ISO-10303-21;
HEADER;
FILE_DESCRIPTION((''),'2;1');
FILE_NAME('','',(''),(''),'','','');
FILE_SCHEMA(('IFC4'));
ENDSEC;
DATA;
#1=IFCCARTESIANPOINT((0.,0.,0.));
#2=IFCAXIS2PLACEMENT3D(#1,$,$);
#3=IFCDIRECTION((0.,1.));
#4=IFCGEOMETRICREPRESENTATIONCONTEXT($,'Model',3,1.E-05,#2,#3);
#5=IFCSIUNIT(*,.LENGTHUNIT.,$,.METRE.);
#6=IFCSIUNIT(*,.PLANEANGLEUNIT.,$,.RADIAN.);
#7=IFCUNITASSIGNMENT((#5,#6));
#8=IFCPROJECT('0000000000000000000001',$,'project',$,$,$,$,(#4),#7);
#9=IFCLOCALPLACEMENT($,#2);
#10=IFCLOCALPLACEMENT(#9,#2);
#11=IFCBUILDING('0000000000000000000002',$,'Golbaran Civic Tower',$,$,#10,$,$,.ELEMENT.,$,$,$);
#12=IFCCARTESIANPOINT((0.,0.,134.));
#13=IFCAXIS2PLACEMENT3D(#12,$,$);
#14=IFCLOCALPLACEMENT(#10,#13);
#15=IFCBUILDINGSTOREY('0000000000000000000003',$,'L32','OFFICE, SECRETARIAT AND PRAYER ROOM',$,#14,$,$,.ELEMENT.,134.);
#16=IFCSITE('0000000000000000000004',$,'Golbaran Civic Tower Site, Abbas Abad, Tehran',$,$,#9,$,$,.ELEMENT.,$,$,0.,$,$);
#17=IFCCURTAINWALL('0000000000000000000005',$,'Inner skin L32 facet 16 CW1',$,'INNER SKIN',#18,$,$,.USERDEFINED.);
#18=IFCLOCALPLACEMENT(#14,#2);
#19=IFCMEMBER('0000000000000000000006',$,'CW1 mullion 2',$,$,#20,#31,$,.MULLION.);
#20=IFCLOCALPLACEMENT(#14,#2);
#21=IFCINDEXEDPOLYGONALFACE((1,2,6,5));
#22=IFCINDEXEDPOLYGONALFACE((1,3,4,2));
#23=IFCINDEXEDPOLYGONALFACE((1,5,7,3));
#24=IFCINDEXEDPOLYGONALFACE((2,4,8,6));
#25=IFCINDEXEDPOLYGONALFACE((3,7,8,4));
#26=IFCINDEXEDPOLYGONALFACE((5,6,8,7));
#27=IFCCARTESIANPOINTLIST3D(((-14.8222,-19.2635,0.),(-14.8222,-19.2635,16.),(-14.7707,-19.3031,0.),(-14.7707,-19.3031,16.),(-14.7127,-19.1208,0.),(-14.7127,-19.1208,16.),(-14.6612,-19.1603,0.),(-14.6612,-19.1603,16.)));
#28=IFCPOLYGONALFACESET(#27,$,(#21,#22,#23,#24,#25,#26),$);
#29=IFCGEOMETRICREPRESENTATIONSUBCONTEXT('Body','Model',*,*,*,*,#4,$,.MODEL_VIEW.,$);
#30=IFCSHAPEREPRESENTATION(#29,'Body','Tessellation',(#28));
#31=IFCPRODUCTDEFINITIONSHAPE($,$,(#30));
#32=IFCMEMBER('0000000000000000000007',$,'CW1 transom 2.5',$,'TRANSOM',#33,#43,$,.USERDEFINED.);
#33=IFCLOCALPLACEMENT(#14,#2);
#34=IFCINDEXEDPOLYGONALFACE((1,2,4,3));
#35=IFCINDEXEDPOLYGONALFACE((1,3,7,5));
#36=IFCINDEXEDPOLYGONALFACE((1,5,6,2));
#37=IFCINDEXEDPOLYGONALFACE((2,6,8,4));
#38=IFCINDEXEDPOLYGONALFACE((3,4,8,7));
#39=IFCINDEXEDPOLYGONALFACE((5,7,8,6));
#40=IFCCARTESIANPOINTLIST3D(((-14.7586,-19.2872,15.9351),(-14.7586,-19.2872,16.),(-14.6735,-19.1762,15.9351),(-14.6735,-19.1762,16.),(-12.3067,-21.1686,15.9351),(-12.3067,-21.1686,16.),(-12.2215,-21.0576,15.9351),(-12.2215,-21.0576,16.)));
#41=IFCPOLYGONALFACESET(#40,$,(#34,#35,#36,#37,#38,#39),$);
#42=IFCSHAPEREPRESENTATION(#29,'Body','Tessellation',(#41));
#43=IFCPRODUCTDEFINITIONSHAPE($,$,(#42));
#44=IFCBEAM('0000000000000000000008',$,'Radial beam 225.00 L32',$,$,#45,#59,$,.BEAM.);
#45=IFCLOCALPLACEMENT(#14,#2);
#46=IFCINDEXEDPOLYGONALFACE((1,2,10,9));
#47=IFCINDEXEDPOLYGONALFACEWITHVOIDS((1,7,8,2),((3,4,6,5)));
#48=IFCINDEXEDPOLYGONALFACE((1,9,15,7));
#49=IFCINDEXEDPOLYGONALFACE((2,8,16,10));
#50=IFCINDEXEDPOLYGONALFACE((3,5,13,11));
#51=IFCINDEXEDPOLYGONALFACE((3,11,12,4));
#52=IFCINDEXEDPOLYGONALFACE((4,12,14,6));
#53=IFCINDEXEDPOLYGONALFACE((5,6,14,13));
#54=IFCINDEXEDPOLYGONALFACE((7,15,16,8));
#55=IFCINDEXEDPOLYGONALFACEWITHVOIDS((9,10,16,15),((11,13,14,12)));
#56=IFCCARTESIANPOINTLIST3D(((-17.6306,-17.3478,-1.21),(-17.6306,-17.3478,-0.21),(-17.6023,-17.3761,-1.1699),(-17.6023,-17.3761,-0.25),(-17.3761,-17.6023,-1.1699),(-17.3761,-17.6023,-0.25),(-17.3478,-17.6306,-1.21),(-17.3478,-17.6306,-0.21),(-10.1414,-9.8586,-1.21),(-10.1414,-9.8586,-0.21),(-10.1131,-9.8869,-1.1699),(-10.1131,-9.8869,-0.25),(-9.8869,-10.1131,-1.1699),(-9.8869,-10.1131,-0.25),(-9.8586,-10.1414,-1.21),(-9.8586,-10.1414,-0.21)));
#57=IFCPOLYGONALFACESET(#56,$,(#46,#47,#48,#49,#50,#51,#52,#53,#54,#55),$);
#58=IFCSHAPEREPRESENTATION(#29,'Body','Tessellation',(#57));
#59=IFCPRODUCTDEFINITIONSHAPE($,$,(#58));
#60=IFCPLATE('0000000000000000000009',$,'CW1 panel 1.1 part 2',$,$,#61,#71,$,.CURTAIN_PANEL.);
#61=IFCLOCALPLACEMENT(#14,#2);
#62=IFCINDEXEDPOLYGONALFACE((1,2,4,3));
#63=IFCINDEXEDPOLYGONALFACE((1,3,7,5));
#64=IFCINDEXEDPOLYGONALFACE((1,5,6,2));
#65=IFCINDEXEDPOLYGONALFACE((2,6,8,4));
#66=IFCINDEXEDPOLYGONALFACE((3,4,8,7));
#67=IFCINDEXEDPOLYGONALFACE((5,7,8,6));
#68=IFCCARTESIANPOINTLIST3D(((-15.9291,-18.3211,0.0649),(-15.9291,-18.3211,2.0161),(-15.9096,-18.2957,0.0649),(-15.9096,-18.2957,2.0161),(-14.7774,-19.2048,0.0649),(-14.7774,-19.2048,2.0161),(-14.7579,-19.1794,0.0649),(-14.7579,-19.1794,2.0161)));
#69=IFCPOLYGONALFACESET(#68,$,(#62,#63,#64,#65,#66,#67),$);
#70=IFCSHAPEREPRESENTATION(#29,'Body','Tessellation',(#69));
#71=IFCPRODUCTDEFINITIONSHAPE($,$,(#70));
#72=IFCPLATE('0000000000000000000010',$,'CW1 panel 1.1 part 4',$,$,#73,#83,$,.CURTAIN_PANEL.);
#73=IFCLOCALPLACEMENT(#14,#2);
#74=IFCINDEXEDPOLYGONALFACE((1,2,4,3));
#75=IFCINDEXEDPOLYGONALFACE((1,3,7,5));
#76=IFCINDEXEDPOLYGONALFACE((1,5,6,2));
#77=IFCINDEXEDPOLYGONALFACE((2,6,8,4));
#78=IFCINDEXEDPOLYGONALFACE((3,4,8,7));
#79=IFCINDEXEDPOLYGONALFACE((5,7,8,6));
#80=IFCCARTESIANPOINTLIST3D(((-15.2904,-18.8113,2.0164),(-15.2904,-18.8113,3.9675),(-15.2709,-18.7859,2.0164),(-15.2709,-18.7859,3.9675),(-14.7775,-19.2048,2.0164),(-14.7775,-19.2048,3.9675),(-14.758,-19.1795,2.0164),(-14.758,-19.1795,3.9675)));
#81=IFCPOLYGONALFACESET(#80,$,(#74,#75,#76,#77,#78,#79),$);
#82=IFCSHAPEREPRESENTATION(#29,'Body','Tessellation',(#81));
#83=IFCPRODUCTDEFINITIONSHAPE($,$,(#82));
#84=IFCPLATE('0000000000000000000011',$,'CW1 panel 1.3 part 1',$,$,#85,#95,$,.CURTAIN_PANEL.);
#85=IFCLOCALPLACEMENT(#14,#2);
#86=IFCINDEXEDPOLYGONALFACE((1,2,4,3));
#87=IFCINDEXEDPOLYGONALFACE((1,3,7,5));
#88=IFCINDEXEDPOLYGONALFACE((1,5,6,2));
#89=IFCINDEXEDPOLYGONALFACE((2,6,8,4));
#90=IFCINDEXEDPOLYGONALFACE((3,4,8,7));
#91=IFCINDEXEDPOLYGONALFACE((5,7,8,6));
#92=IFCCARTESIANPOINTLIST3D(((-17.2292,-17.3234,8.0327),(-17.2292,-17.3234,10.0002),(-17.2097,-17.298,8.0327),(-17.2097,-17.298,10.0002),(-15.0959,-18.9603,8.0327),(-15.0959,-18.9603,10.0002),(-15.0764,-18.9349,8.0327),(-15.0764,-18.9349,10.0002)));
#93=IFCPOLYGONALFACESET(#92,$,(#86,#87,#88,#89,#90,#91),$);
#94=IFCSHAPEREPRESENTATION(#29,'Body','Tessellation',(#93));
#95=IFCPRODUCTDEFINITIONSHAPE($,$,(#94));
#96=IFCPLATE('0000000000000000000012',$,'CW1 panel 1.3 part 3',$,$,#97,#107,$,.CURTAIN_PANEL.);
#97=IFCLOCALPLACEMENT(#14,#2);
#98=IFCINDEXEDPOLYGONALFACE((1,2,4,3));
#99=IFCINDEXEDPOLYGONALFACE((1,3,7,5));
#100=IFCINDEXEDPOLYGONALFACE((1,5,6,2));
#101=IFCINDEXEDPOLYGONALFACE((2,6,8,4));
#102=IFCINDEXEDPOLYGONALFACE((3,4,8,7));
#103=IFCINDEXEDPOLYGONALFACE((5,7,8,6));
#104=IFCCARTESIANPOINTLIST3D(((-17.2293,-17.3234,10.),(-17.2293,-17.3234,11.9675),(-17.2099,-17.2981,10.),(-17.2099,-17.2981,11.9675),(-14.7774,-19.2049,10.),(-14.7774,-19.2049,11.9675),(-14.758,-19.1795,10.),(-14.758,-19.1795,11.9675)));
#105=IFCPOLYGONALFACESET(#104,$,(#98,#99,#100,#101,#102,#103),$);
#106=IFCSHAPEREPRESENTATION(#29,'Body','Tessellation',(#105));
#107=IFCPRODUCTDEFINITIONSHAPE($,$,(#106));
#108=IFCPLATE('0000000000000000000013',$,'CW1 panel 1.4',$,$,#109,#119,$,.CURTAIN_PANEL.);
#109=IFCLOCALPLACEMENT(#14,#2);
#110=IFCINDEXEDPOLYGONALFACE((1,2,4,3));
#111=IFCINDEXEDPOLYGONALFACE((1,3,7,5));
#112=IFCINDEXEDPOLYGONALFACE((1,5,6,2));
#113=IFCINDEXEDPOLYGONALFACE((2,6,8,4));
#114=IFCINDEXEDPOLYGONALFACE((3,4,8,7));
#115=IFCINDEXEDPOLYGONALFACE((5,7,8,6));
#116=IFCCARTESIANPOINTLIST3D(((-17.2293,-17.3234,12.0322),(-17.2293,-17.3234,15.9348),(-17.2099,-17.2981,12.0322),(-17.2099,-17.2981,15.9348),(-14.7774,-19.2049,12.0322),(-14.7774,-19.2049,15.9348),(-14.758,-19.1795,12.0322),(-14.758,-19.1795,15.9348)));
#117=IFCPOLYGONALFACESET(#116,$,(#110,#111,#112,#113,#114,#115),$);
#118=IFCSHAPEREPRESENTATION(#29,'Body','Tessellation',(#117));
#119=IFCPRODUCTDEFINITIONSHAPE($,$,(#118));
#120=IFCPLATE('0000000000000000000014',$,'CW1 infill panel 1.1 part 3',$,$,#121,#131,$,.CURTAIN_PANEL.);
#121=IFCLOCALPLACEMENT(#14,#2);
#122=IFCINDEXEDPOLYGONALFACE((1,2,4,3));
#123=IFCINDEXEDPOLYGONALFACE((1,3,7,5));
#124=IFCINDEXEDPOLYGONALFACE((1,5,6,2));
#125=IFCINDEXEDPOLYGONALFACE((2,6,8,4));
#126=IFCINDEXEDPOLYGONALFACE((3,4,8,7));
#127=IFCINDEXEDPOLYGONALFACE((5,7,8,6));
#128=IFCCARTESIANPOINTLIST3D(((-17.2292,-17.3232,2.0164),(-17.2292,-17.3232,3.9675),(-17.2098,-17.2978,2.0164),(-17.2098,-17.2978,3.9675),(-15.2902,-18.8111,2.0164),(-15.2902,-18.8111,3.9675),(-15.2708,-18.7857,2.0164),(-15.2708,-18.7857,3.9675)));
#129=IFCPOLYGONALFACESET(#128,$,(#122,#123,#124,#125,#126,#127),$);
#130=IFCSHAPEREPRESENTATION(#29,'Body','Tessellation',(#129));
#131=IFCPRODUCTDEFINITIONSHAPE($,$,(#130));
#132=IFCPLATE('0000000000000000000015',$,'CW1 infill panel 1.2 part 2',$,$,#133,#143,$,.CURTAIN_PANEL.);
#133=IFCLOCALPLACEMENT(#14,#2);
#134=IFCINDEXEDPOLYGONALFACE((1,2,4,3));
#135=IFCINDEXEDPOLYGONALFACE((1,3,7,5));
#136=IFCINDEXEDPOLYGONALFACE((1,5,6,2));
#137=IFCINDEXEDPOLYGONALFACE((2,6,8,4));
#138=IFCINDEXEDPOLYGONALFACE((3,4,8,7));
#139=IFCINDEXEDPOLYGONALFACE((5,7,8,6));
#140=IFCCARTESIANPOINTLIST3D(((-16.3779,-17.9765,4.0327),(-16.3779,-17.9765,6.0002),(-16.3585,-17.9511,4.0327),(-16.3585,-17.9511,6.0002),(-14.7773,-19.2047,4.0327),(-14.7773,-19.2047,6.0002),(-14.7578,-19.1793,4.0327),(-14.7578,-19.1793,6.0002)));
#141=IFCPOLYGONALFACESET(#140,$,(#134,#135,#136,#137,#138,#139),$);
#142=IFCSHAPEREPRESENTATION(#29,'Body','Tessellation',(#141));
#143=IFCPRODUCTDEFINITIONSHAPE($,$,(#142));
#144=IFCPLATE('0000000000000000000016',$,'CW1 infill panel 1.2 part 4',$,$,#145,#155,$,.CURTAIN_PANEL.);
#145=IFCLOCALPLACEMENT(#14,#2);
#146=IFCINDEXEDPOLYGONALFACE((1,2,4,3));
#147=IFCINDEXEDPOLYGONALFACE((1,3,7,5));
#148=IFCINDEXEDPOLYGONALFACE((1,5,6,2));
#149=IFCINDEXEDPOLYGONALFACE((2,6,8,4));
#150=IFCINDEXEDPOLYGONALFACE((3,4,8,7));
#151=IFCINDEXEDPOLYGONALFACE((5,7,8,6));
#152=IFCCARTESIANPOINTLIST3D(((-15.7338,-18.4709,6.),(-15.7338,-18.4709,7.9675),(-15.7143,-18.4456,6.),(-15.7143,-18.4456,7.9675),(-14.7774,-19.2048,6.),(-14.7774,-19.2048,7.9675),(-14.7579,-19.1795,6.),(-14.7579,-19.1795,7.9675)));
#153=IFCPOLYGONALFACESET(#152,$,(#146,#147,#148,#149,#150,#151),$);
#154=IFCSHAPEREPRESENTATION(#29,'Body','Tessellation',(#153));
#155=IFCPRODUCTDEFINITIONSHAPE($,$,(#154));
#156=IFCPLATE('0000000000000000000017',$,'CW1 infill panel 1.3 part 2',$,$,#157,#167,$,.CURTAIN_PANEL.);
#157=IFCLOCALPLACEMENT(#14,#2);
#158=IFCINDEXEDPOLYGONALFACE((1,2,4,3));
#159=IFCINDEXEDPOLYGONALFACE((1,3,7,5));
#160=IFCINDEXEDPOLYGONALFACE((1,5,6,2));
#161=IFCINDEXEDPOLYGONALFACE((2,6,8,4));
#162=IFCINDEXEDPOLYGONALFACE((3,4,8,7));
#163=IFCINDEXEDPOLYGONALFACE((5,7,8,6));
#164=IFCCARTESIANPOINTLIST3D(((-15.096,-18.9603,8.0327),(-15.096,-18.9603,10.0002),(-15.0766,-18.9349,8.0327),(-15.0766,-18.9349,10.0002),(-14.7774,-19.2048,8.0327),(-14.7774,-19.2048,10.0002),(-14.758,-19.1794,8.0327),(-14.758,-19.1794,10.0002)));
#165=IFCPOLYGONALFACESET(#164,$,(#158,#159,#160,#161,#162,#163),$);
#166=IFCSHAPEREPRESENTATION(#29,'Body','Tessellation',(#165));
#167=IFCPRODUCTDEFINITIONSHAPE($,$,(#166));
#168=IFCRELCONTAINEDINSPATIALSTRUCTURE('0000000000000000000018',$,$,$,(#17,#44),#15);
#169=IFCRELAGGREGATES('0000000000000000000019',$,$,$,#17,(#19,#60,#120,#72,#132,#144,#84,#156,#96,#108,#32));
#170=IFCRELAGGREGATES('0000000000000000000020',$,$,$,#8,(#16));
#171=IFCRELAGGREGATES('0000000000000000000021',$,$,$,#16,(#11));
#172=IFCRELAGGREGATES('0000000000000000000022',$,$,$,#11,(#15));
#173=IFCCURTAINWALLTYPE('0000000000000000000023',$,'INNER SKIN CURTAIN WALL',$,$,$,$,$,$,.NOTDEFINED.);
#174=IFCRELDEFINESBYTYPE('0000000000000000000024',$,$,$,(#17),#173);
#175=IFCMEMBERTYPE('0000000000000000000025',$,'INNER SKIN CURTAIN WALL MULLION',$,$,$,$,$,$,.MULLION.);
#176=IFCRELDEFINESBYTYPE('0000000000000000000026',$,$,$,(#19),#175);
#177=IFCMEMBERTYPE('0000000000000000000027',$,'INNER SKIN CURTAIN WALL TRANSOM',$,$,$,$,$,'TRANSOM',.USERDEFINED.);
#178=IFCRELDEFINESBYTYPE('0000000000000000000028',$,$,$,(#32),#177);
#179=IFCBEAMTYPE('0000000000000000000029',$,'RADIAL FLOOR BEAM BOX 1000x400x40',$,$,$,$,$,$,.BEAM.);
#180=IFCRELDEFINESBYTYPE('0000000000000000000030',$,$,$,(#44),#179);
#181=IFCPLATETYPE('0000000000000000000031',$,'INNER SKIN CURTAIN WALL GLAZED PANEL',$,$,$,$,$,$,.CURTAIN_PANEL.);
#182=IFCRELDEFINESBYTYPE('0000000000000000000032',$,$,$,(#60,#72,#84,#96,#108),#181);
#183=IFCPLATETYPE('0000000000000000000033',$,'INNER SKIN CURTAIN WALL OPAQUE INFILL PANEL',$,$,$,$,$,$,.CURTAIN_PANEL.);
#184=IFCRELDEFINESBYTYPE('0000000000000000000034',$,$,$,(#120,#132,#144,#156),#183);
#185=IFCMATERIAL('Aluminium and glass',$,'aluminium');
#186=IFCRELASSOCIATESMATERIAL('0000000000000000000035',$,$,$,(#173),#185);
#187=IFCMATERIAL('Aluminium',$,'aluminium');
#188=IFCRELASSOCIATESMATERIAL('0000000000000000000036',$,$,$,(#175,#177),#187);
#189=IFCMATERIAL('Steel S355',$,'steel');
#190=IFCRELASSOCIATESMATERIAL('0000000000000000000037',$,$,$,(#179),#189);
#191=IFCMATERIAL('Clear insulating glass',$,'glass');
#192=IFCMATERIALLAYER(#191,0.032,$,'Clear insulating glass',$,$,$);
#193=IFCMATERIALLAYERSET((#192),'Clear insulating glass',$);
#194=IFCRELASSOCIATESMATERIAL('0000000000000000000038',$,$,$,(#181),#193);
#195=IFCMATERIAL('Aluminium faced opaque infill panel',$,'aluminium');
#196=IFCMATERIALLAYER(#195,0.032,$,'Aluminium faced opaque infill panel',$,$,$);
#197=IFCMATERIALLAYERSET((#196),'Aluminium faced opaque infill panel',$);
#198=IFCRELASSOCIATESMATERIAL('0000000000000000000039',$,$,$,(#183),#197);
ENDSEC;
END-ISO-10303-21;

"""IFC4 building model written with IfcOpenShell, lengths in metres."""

from ifc_helpers import new_model, si_unit, direction, frame, origin, origin_2d, place, context, subcontext, project, spatial, rectangle, hollow_rectangle, extrude, material, layer, layer_set, material_profile, profile_set, type_object, element, aggregate, save


model = new_model("IFC4")

# Units and contexts
model_context = context("Model", 3, precision=1e-05, world=origin(), true_north=direction((0.0, 1.0)))
body_context = subcontext(model_context, "Body", "Model", "MODEL_VIEW")
ifc_project = project(units=[si_unit("LENGTHUNIT", "METRE"), si_unit("PLANEANGLEUNIT", "RADIAN")], contexts=[model_context])

# Site, building, storey
site_placement = place(None, origin())
site = spatial("IfcSite", under=ifc_project, at=site_placement, Name="Golbaran Civic Tower Site, Abbas Abad, Tehran", CompositionType="ELEMENT", RefElevation=0.0)
building_placement = place(site_placement, origin())
building = spatial("IfcBuilding", under=site, at=building_placement, Name="Golbaran Civic Tower", CompositionType="ELEMENT")
storey_placement = place(building_placement, frame((0.0, 0.0, 134.0)))
storey = spatial("IfcBuildingStorey", under=building, at=storey_placement, Name="L32", Description="OFFICE, SECRETARIAT AND PRAYER ROOM", CompositionType="ELEMENT", Elevation=134.0)

# Shared definitions
ifc_material_1 = material(Name="Steel S355", Category="steel")

# Curtain wall, members
ifc_material_2 = material(Name="Aluminium and glass", Category="aluminium")
curtain_wall_type = type_object("IfcCurtainWallType", Name="INNER SKIN CURTAIN WALL", PredefinedType="NOTDEFINED", material=ifc_material_2)
curtain_wall_placement = place(storey_placement, origin())
curtain_wall = element("IfcCurtainWall", 1, at=curtain_wall_placement, inside=storey, type_object=curtain_wall_type, Name="Inner skin L32 facet 16 CW1", ObjectType="INNER SKIN", PredefinedType="USERDEFINED")
ifc_material_3 = material(Name="Aluminium", Category="aluminium")
ifc_material_profile_1 = material_profile(ifc_material_3, rectangle(XDim=0.1799, YDim=0.0649, at=origin_2d()), Name="INNER SKIN CURTAIN WALL MULLION")
ifc_profile_set_1 = profile_set([ifc_material_profile_1], Name="Aluminium")
member_type_1 = type_object("IfcMemberType", Name="INNER SKIN CURTAIN WALL MULLION", PredefinedType="MULLION", material=ifc_profile_set_1)
member_1_placement = place(storey_placement, frame((-14.7417, -19.2119, 0.0), z_axis=(0.0, 0.0, 1.0), x_axis=(0.608761, 0.793353, 0.0)))
member_1 = element("IfcMember", 2, at=member_1_placement, type_object=member_type_1, Name="CW1 mullion 2", PredefinedType="MULLION", context=body_context, shape_type="SweptSolid", body=[
    extrude(rectangle(XDim=0.1799, YDim=0.0649, at=origin_2d()), origin(), (0.0, 0.0, 1.0), 16.0),
])
ifc_material_profile_2 = material_profile(ifc_material_3, rectangle(XDim=0.1399, YDim=0.0649, at=origin_2d()), Name="INNER SKIN CURTAIN WALL TRANSOM")
ifc_profile_set_2 = profile_set([ifc_material_profile_2], Name="Aluminium")
member_type_2 = type_object("IfcMemberType", Name="INNER SKIN CURTAIN WALL TRANSOM", ElementType="TRANSOM", PredefinedType="USERDEFINED", material=ifc_profile_set_2)
member_2_placement = place(storey_placement, frame((-14.7161, -19.2317, 15.9675), z_axis=(0.793363, -0.608748, 0.0), x_axis=(0.608748, 0.793363, 0.0)))
member_2 = element("IfcMember", 3, at=member_2_placement, type_object=member_type_2, Name="CW1 transom 2.5", ObjectType="TRANSOM", PredefinedType="USERDEFINED", context=body_context, shape_type="SweptSolid", body=[
    extrude(rectangle(XDim=0.1399, YDim=0.0649, at=origin_2d()), origin(), (0.0, 0.0, 1.0), 3.0906),
])

# Beam
ifc_material_profile_3 = material_profile(ifc_material_1, hollow_rectangle(XDim=0.3999, YDim=1.0, WallThickness=0.04, at=origin_2d()), Name="BOX 1000x400x40")
ifc_profile_set_3 = profile_set([ifc_material_profile_3], Name="Steel S355")
beam_type_1 = type_object("IfcBeamType", Name="RADIAL FLOOR BEAM BOX 1000x400x40", PredefinedType="BEAM", material=ifc_profile_set_3)
beam_1_placement = place(storey_placement, frame((-10.0, -10.0, -0.71), z_axis=(-0.707107, -0.707107, 0.0), x_axis=(0.707107, -0.707107, 0.0)))
element("IfcBeam", 4, at=beam_1_placement, inside=storey, type_object=beam_type_1, Name="Radial beam 225.00 L32", PredefinedType="BEAM", context=body_context, shape_type="SweptSolid", body=[
    extrude(hollow_rectangle(XDim=0.3999, YDim=1.0, WallThickness=0.04, at=origin_2d()), origin(), (0.0, 0.0, 1.0), 10.5913),
])

# Plates
ifc_material_4 = material(Name="Clear insulating glass", Category="glass")
ifc_layer_1 = layer(ifc_material_4, 0.032, Name="Clear insulating glass")
ifc_layer_set_1 = layer_set([ifc_layer_1], Name="Clear insulating glass")
plate_type_1 = type_object("IfcPlateType", Name="INNER SKIN CURTAIN WALL GLAZED PANEL", PredefinedType="CURTAIN_PANEL", material=ifc_layer_set_1)
plate_1_placement = place(storey_placement, frame((-15.3435, -18.7502, 0.0649), z_axis=(0.0, 0.0, 1.0), x_axis=(0.793353, -0.608761, 0.0)))
plate_1 = element("IfcPlate", 5, at=plate_1_placement, type_object=plate_type_1, Name="CW1 panel 1.1 part 2", PredefinedType="CURTAIN_PANEL", context=body_context, shape_type="SweptSolid", body=[
    extrude(rectangle(XDim=1.4517, YDim=0.032, at=origin_2d()), origin(), (0.0, 0.0, 1.0), 1.9512),
])
plate_2_placement = place(storey_placement, frame((-15.0242, -18.9954, 2.0164), z_axis=(0.0, 0.0, 1.0), x_axis=(0.793353, -0.608761, 0.0)))
plate_2 = element("IfcPlate", 6, at=plate_2_placement, type_object=plate_type_1, Name="CW1 panel 1.1 part 4", PredefinedType="CURTAIN_PANEL", context=body_context, shape_type="SweptSolid", body=[
    extrude(rectangle(XDim=0.6465, YDim=0.032, at=origin_2d()), origin(), (0.0, 0.0, 1.0), 1.9512),
])
plate_3_placement = place(storey_placement, frame((-16.1528, -18.1292, 8.0327), z_axis=(0.0, 0.0, 1.0), x_axis=(0.793353, -0.608761, 0.0)))
plate_3 = element("IfcPlate", 7, at=plate_3_placement, type_object=plate_type_1, Name="CW1 panel 1.3 part 1", PredefinedType="CURTAIN_PANEL", context=body_context, shape_type="SweptSolid", body=[
    extrude(rectangle(XDim=2.689, YDim=0.032, at=origin_2d()), origin(), (0.0, 0.0, 1.0), 1.9675),
])
plate_4_placement = place(storey_placement, frame((-15.9937, -18.2515, 10.0), z_axis=(0.0, 0.0, 1.0), x_axis=(0.793353, -0.608761, 0.0)))
plate_4 = element("IfcPlate", 8, at=plate_4_placement, type_object=plate_type_1, Name="CW1 panel 1.3 part 3", PredefinedType="CURTAIN_PANEL", context=body_context, shape_type="SweptSolid", body=[
    extrude(rectangle(XDim=3.0906, YDim=0.032, at=origin_2d()), origin(), (0.0, 0.0, 1.0), 1.9675),
])
plate_5_placement = place(storey_placement, frame((-15.9937, -18.2515, 12.0322), z_axis=(0.0, 0.0, 1.0), x_axis=(0.793353, -0.608761, 0.0)))
plate_5 = element("IfcPlate", 9, at=plate_5_placement, type_object=plate_type_1, Name="CW1 panel 1.4", PredefinedType="CURTAIN_PANEL", context=body_context, shape_type="SweptSolid", body=[
    extrude(rectangle(XDim=3.0906, YDim=0.032, at=origin_2d()), origin(), (0.0, 0.0, 1.0), 3.9026),
])
ifc_material_5 = material(Name="Aluminium faced opaque infill panel", Category="aluminium")
ifc_layer_2 = layer(ifc_material_5, 0.032, Name="Aluminium faced opaque infill panel")
ifc_layer_set_2 = layer_set([ifc_layer_2], Name="Aluminium faced opaque infill panel")
plate_type_2 = type_object("IfcPlateType", Name="INNER SKIN CURTAIN WALL OPAQUE INFILL PANEL", PredefinedType="CURTAIN_PANEL", material=ifc_layer_set_2)
plate_6_placement = place(storey_placement, frame((-16.25, -18.0544, 2.0164), z_axis=(0.0, 0.0, 1.0), x_axis=(0.793353, -0.608761, 0.0)))
plate_6 = element("IfcPlate", 10, at=plate_6_placement, type_object=plate_type_2, Name="CW1 infill panel 1.1 part 3", PredefinedType="CURTAIN_PANEL", context=body_context, shape_type="SweptSolid", body=[
    extrude(rectangle(XDim=2.4441, YDim=0.032, at=origin_2d()), origin(), (0.0, 0.0, 1.0), 1.9512),
])
plate_7_placement = place(storey_placement, frame((-15.5679, -18.5779, 4.0327), z_axis=(0.0, 0.0, 1.0), x_axis=(0.793353, -0.608761, 0.0)))
plate_7 = element("IfcPlate", 11, at=plate_7_placement, type_object=plate_type_2, Name="CW1 infill panel 1.2 part 2", PredefinedType="CURTAIN_PANEL", context=body_context, shape_type="SweptSolid", body=[
    extrude(rectangle(XDim=2.0176, YDim=0.032, at=origin_2d()), origin(), (0.0, 0.0, 1.0), 1.9675),
])
plate_8_placement = place(storey_placement, frame((-15.2458, -18.8252, 6.0), z_axis=(0.0, 0.0, 1.0), x_axis=(0.793353, -0.608761, 0.0)))
plate_8 = element("IfcPlate", 12, at=plate_8_placement, type_object=plate_type_2, Name="CW1 infill panel 1.2 part 4", PredefinedType="CURTAIN_PANEL", context=body_context, shape_type="SweptSolid", body=[
    extrude(rectangle(XDim=1.2056, YDim=0.032, at=origin_2d()), origin(), (0.0, 0.0, 1.0), 1.9675),
])
plate_9_placement = place(storey_placement, frame((-14.927, -19.0698, 8.0327), z_axis=(0.0, 0.0, 1.0), x_axis=(0.793353, -0.608761, 0.0)))
plate_9 = element("IfcPlate", 13, at=plate_9_placement, type_object=plate_type_2, Name="CW1 infill panel 1.3 part 2", PredefinedType="CURTAIN_PANEL", context=body_context, shape_type="SweptSolid", body=[
    extrude(rectangle(XDim=0.4016, YDim=0.032, at=origin_2d()), origin(), (0.0, 0.0, 1.0), 1.9675),
])
aggregate(curtain_wall, [member_1, plate_1, plate_6, plate_2, plate_7, plate_8, plate_3, plate_9, plate_4, plate_5, member_2])

save(model, "model.ifc")
